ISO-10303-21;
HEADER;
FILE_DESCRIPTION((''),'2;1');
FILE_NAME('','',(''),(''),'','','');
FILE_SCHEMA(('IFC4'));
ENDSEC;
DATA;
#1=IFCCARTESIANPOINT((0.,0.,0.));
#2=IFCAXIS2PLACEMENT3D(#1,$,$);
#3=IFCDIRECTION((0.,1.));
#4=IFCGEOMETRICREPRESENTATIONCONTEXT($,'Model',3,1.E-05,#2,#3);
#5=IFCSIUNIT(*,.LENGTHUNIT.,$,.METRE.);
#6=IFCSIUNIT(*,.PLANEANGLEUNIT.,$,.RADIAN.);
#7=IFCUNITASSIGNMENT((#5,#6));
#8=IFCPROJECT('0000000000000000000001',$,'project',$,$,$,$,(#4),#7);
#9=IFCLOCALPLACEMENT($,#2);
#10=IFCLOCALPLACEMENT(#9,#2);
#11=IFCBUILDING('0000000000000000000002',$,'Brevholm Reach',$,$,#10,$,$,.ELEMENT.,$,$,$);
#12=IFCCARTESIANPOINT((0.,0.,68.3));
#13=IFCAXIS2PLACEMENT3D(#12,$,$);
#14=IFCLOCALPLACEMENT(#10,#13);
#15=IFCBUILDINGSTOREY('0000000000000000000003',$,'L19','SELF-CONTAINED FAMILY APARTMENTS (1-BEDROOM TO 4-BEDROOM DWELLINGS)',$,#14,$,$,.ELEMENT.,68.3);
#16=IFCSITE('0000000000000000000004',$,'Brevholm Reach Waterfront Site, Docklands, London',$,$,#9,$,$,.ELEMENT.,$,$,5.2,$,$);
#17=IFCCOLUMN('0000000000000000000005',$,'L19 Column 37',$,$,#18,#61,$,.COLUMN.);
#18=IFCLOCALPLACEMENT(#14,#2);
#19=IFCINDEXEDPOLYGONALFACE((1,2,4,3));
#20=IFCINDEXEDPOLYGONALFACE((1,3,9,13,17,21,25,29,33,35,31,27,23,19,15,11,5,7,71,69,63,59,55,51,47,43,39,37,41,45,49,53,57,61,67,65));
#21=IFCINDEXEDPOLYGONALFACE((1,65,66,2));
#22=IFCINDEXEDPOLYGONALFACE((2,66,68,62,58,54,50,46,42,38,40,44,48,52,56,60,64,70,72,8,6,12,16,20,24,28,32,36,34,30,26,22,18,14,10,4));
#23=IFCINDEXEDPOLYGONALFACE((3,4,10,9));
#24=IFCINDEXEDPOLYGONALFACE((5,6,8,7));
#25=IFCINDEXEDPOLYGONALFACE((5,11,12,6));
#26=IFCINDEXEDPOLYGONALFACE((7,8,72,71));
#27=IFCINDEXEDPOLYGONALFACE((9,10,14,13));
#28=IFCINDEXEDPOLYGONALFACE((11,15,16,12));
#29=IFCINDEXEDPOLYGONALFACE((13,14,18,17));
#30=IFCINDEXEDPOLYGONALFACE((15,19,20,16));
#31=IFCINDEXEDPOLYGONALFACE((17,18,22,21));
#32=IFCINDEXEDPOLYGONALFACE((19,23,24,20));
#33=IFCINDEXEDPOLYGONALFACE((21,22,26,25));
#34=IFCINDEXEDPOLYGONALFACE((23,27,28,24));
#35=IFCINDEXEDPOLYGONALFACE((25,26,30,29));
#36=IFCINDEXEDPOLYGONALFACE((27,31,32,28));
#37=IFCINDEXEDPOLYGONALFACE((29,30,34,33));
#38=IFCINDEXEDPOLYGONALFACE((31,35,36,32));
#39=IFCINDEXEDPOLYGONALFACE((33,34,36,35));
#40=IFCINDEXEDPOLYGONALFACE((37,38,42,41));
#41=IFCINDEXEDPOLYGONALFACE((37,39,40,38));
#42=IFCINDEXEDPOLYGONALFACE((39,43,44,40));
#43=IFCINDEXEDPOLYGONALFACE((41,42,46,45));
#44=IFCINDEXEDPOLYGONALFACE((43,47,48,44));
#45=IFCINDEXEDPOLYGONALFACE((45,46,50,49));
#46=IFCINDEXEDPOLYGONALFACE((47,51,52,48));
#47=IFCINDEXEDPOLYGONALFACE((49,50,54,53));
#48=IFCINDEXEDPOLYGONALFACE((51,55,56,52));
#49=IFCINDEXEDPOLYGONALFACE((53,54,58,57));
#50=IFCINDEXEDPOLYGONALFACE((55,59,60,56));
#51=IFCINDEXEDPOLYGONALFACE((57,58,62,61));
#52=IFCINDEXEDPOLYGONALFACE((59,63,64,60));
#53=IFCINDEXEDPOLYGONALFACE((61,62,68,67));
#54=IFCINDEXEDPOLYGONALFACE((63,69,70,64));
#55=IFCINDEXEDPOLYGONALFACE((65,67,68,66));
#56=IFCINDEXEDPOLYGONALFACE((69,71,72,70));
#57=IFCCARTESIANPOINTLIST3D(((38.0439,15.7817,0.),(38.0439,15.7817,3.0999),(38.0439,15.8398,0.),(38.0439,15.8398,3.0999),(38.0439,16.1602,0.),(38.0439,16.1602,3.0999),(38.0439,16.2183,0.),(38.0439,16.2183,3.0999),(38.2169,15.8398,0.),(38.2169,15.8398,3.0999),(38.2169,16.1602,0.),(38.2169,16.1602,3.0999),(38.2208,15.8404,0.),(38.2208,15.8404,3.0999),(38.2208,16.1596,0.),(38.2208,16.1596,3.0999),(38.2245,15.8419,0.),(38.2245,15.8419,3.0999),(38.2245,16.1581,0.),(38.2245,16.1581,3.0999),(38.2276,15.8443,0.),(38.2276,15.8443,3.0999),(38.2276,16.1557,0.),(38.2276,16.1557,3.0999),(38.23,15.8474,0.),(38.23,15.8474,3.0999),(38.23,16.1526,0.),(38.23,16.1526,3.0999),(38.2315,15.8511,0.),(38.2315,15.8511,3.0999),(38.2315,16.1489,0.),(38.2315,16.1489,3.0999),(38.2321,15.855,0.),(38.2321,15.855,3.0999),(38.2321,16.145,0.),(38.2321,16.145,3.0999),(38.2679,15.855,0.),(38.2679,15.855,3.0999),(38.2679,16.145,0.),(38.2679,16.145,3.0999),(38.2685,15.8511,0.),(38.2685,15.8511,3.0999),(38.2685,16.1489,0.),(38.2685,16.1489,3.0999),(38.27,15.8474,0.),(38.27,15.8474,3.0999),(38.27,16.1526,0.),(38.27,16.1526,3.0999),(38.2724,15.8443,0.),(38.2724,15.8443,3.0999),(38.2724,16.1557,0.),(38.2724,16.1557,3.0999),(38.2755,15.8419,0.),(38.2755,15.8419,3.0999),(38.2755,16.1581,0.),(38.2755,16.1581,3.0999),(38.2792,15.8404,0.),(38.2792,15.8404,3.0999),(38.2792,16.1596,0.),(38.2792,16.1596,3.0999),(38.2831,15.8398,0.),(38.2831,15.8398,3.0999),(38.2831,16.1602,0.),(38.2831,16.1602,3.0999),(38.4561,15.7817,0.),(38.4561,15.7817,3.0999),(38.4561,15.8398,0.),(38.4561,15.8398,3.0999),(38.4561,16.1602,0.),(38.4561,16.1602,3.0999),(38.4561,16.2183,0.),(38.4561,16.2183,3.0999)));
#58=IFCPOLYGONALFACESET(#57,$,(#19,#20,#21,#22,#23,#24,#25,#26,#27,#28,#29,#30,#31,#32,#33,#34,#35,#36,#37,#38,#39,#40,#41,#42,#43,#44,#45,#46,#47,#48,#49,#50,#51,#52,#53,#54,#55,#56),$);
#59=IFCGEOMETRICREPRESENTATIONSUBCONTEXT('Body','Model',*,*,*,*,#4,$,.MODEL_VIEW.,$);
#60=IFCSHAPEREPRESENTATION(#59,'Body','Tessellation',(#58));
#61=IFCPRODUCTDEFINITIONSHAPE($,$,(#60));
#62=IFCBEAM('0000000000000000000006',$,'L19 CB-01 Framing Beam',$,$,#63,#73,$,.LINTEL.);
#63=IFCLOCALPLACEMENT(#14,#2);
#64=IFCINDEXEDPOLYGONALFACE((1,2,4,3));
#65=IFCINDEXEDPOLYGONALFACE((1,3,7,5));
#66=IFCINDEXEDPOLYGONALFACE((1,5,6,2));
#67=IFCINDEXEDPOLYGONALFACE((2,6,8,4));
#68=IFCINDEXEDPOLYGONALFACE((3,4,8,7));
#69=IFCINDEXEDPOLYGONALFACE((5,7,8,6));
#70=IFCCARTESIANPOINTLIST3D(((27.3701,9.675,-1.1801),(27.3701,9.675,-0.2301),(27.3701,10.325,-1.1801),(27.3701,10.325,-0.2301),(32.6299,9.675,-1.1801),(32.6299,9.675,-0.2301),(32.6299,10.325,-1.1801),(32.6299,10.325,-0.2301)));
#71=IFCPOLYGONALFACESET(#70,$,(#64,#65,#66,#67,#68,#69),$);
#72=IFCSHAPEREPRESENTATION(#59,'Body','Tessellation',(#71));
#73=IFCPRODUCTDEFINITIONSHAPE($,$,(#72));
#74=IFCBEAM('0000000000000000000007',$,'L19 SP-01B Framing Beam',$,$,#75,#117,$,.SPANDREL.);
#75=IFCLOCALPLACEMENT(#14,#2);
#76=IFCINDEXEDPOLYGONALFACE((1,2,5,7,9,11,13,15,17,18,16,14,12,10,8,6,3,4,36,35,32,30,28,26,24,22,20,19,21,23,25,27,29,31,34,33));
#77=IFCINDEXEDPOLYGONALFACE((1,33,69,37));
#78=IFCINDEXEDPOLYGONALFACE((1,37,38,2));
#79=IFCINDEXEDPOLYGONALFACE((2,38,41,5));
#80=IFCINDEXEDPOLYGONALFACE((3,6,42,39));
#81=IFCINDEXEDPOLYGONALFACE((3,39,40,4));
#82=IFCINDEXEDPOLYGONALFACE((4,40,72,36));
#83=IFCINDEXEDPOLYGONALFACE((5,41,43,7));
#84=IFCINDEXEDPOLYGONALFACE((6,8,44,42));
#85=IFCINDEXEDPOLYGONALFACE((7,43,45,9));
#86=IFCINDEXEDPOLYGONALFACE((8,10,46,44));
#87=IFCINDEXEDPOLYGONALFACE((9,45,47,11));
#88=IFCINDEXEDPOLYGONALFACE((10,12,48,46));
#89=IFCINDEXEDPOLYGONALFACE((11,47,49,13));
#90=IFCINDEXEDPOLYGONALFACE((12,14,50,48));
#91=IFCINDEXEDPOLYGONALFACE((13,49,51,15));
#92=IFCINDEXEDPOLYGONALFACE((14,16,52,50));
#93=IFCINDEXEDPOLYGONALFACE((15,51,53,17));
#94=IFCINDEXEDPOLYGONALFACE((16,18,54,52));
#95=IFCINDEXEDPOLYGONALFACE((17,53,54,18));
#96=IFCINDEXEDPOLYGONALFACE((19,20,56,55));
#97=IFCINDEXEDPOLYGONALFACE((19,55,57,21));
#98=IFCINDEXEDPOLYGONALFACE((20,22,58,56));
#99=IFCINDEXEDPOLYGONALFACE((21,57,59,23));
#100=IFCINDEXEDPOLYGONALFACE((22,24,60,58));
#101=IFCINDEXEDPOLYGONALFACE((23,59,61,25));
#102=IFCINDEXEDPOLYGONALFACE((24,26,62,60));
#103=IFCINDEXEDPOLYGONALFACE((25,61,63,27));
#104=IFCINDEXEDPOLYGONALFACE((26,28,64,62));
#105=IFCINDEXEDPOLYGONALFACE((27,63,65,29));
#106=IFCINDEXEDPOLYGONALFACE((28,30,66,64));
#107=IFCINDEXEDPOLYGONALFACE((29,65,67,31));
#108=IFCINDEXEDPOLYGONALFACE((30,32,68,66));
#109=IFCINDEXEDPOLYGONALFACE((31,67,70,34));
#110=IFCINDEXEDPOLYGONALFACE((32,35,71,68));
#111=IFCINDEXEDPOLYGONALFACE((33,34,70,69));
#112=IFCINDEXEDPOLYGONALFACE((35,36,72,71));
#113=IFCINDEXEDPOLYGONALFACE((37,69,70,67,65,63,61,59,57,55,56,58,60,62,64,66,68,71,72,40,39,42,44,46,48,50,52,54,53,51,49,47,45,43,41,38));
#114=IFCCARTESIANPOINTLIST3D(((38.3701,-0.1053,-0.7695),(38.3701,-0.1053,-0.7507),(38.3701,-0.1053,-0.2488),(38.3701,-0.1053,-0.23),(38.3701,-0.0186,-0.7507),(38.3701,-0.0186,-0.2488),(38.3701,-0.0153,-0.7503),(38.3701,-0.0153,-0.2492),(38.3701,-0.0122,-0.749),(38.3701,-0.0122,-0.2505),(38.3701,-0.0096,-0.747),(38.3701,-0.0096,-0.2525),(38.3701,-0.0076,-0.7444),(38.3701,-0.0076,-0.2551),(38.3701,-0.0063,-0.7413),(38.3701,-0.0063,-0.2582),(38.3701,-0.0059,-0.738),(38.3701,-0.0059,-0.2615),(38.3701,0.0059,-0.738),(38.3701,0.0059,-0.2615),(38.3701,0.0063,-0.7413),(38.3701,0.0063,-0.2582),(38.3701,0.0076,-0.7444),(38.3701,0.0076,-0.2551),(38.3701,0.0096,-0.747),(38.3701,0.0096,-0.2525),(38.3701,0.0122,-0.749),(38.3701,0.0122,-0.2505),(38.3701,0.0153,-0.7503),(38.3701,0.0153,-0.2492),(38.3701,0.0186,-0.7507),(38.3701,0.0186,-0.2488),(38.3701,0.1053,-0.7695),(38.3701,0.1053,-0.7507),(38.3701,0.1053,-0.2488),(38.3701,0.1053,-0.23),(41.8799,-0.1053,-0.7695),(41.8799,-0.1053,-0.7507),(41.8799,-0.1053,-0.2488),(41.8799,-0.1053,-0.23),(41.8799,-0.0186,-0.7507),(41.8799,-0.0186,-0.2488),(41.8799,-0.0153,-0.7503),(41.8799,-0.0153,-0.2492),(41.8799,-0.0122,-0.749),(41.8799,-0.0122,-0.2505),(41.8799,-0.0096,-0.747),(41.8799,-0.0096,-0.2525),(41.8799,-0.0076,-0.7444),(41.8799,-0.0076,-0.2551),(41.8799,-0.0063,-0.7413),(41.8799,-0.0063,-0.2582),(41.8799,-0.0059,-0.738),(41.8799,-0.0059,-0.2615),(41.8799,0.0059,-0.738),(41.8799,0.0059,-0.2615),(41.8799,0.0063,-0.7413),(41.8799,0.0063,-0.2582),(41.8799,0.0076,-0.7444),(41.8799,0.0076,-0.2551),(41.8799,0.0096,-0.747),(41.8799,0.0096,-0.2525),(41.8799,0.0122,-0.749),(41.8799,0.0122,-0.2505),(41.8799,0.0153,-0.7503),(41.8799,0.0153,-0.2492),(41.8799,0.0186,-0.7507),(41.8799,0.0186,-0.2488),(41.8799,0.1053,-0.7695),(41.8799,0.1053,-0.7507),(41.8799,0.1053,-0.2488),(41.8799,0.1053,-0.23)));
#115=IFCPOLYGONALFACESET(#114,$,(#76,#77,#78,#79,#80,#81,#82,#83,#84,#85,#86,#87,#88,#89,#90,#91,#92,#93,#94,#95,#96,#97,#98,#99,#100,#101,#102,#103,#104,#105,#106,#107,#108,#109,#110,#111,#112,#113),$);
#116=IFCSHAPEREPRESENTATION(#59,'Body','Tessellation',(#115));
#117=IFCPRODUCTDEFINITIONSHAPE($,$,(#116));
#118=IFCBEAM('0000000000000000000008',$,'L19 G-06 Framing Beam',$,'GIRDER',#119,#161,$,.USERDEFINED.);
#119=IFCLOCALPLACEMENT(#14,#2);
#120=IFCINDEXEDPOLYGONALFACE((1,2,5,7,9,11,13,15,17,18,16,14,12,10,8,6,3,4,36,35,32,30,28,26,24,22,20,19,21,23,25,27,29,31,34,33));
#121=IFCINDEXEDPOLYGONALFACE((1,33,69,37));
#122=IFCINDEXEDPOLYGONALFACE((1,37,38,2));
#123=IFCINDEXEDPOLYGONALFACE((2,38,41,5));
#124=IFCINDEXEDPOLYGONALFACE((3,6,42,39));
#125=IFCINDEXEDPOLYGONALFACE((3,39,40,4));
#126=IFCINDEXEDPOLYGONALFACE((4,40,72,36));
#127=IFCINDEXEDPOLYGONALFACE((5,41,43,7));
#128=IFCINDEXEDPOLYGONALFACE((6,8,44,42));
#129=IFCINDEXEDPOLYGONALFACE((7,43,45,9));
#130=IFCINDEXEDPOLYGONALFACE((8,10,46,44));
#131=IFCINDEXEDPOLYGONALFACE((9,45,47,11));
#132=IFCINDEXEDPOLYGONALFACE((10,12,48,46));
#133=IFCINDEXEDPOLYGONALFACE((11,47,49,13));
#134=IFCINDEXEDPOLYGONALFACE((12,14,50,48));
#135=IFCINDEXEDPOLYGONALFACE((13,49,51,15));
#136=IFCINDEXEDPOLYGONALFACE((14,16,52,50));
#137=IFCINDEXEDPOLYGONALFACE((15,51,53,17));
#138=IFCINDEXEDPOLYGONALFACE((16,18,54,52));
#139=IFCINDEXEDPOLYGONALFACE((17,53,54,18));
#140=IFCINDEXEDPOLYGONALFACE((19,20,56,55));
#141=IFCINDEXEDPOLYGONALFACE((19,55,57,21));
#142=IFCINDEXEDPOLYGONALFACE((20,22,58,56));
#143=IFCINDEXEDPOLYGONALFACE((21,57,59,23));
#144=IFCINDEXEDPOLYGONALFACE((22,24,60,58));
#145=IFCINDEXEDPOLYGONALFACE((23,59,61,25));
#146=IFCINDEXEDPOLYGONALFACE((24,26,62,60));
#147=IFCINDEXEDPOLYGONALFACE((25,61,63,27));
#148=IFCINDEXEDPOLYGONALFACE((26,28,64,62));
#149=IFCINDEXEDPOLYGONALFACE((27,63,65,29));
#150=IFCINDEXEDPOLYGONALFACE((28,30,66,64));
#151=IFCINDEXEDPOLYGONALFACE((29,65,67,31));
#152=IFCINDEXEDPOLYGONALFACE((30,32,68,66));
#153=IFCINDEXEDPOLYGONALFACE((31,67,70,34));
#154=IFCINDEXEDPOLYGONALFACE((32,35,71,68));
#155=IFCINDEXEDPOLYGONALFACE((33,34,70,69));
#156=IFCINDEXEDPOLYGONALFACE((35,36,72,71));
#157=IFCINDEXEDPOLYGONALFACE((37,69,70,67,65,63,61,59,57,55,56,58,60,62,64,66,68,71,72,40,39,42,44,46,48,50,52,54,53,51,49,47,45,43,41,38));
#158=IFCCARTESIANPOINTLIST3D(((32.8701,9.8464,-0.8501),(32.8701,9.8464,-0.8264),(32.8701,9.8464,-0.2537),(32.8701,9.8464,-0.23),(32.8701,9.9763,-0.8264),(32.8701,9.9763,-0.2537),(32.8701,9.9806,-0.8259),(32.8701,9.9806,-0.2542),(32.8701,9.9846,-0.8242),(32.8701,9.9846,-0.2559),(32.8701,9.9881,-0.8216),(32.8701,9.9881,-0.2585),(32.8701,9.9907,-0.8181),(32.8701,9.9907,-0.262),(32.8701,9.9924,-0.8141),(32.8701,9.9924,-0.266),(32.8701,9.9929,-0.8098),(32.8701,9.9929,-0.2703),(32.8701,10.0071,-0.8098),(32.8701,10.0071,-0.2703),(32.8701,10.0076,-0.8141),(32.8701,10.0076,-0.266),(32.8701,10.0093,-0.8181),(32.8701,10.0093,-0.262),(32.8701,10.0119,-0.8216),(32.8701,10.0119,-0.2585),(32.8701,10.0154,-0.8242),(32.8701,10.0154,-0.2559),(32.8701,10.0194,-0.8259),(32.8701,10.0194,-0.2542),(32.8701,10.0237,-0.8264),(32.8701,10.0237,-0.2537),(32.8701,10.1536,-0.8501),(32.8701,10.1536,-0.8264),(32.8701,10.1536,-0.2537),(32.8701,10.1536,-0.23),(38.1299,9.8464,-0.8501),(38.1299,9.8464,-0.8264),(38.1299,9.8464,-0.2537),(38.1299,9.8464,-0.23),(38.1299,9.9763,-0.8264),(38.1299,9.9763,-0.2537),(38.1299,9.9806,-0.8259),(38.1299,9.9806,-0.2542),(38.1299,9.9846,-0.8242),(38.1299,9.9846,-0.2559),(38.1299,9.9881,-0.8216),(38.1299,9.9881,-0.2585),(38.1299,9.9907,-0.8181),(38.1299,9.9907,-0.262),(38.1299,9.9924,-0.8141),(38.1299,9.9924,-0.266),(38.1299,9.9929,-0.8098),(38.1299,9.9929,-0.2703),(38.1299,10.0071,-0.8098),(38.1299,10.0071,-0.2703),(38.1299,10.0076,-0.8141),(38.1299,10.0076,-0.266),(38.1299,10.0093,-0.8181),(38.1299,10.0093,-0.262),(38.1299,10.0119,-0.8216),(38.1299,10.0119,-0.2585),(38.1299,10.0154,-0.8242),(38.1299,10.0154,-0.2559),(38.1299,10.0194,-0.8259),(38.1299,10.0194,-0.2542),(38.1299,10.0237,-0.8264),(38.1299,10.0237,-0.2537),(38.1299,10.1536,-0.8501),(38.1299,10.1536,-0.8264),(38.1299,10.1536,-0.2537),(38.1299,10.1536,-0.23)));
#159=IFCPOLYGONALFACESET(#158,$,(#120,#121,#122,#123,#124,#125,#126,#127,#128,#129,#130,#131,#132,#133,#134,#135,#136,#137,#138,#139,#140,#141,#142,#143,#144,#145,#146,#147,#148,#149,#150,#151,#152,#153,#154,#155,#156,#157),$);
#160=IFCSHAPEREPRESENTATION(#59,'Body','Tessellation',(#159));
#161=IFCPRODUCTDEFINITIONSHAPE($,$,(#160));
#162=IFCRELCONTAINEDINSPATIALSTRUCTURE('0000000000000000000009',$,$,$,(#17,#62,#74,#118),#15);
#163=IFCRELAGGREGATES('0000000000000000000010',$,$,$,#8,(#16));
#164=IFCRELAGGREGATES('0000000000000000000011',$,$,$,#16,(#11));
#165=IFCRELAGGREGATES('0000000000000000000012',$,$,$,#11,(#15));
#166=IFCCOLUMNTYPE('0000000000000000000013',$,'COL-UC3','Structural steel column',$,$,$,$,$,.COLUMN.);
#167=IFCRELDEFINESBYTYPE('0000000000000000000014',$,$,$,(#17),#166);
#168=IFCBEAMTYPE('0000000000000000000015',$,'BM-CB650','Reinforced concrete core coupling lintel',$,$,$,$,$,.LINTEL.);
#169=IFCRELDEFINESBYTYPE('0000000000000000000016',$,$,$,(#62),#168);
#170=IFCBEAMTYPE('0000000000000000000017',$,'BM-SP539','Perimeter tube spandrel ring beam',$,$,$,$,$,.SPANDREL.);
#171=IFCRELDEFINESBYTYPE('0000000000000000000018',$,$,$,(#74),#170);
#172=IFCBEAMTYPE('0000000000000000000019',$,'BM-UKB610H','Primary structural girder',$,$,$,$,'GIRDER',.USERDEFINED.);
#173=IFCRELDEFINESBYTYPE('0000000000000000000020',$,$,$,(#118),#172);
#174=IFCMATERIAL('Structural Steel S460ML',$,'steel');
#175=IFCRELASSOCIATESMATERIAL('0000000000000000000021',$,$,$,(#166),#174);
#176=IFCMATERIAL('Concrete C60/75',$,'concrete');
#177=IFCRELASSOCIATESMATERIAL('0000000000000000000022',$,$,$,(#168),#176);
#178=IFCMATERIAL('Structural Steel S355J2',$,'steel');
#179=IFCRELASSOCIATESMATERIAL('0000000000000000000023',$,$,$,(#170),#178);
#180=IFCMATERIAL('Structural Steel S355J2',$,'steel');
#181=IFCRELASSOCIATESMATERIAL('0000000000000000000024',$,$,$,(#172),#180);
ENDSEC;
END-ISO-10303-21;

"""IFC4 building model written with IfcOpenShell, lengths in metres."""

from ifc_helpers import new_model, si_unit, direction, frame, origin, origin_2d, place, context, subcontext, project, spatial, rectangle, i_section, extrude, material, material_profile, profile_set, type_object, element, save


model = new_model("IFC4")

# Units and contexts
model_context = context("Model", 3, precision=1e-05, world=origin(), true_north=direction((0.0, 1.0)))
body_context = subcontext(model_context, "Body", "Model", "MODEL_VIEW")
ifc_project = project(units=[si_unit("LENGTHUNIT", "METRE"), si_unit("PLANEANGLEUNIT", "RADIAN")], contexts=[model_context])

# Site, building, storey
site_placement = place(None, origin())
site = spatial("IfcSite", under=ifc_project, at=site_placement, Name="Brevholm Reach Waterfront Site, Docklands, London", CompositionType="ELEMENT", RefElevation=5.2)
building_placement = place(site_placement, origin())
building = spatial("IfcBuilding", under=site, at=building_placement, Name="Brevholm Reach", CompositionType="ELEMENT")
storey_placement = place(building_placement, frame((0.0, 0.0, 68.3)))
storey = spatial("IfcBuildingStorey", under=building, at=storey_placement, Name="L19", Description="SELF-CONTAINED FAMILY APARTMENTS (1-BEDROOM TO 4-BEDROOM DWELLINGS)", CompositionType="ELEMENT", Elevation=68.3)

# Column
ifc_material_1 = material(Name="Structural Steel S460ML", Category="steel")
ifc_material_profile_1 = material_profile(ifc_material_1, i_section(OverallWidth=0.4121, OverallDepth=0.4365, WebThickness=0.0359, FlangeThickness=0.0581, FilletRadius=0.0151, at=origin_2d()), Name="UKC 356x406x467")
ifc_profile_set_1 = profile_set([ifc_material_profile_1], Name="Structural Steel S460ML")
column_type_1 = type_object("IfcColumnType", Name="COL-UC3", Description="Structural steel column", PredefinedType="COLUMN", material=ifc_profile_set_1)
for number, where, z_axis, x_axis, name in (
    (1, (38.25, 16.0, 0.0), (0.0, 0.0, 1.0), (1.0, 0.0, 0.0), "L19 Column 37"),
):
    element("IfcColumn", number, at=place(storey_placement, frame(where, z_axis=z_axis, x_axis=x_axis)), inside=storey, type_object=column_type_1, Name=name, PredefinedType="COLUMN", context=body_context, shape_type="SweptSolid", body=[
        extrude(i_section(OverallWidth=0.4121, OverallDepth=0.4365, WebThickness=0.0359, FlangeThickness=0.0581, FilletRadius=0.0151, at=origin_2d()), origin(), (0.0, 0.0, 1.0), 3.0999),
    ])

# Beams
ifc_material_2 = material(Name="Concrete C60/75", Category="concrete")
ifc_material_profile_2 = material_profile(ifc_material_2, rectangle(XDim=0.6499, YDim=0.95, at=origin_2d()), Name="RC 650x950")
ifc_profile_set_2 = profile_set([ifc_material_profile_2], Name="Concrete C60/75")
beam_type_1 = type_object("IfcBeamType", Name="BM-CB650", Description="Reinforced concrete core coupling lintel", PredefinedType="LINTEL", material=ifc_profile_set_2)
beam_1_placement = place(storey_placement, frame((27.3701, 10.0, -0.7051), z_axis=(1.0, 0.0, 0.0), x_axis=(0.0, 1.0, 0.0)))
element("IfcBeam", 2, at=beam_1_placement, inside=storey, type_object=beam_type_1, Name="L19 CB-01 Framing Beam", PredefinedType="LINTEL", context=body_context, shape_type="SweptSolid", body=[
    extrude(rectangle(XDim=0.6499, YDim=0.95, at=origin_2d()), origin(), (0.0, 0.0, 1.0), 5.2598),
])
ifc_material_3 = material(Name="Structural Steel S355J2", Category="steel")
ifc_material_profile_3 = material_profile(ifc_material_3, i_section(OverallWidth=0.2107, OverallDepth=0.5396, WebThickness=0.0117, FlangeThickness=0.0188, FilletRadius=0.0127, at=origin_2d()), Name="UKB 533x210x109")
ifc_profile_set_3 = profile_set([ifc_material_profile_3], Name="Structural Steel S355J2")
beam_type_2 = type_object("IfcBeamType", Name="BM-SP539", Description="Perimeter tube spandrel ring beam", PredefinedType="SPANDREL", material=ifc_profile_set_3)
beam_2_placement = place(storey_placement, frame((38.3701, 0.0, -0.4998), z_axis=(1.0, 0.0, 0.0), x_axis=(0.0, 1.0, 0.0)))
element("IfcBeam", 3, at=beam_2_placement, inside=storey, type_object=beam_type_2, Name="L19 SP-01B Framing Beam", PredefinedType="SPANDREL", context=body_context, shape_type="SweptSolid", body=[
    extrude(i_section(OverallWidth=0.2107, OverallDepth=0.5396, WebThickness=0.0117, FlangeThickness=0.0188, FilletRadius=0.0127, at=origin_2d()), origin(), (0.0, 0.0, 1.0), 3.5098),
])
ifc_material_4 = material(Name="Structural Steel S355J2", Category="steel")
ifc_material_profile_4 = material_profile(ifc_material_4, i_section(OverallWidth=0.3071, OverallDepth=0.6201, WebThickness=0.0142, FlangeThickness=0.0237, FilletRadius=0.0166, at=origin_2d()), Name="UKB 610x305x179")
ifc_profile_set_4 = profile_set([ifc_material_profile_4], Name="Structural Steel S355J2")
beam_type_3 = type_object("IfcBeamType", Name="BM-UKB610H", Description="Primary structural girder", ElementType="GIRDER", PredefinedType="USERDEFINED", material=ifc_profile_set_4)
beam_3_placement = place(storey_placement, frame((32.8701, 10.0, -0.54), z_axis=(1.0, 0.0, 0.0), x_axis=(0.0, 1.0, 0.0)))
element("IfcBeam", 4, at=beam_3_placement, inside=storey, type_object=beam_type_3, Name="L19 G-06 Framing Beam", ObjectType="GIRDER", PredefinedType="USERDEFINED", context=body_context, shape_type="SweptSolid", body=[
    extrude(i_section(OverallWidth=0.3071, OverallDepth=0.6201, WebThickness=0.0142, FlangeThickness=0.0237, FilletRadius=0.0166, at=origin_2d()), origin(), (0.0, 0.0, 1.0), 5.2598),
])

save(model, "model.ifc")
